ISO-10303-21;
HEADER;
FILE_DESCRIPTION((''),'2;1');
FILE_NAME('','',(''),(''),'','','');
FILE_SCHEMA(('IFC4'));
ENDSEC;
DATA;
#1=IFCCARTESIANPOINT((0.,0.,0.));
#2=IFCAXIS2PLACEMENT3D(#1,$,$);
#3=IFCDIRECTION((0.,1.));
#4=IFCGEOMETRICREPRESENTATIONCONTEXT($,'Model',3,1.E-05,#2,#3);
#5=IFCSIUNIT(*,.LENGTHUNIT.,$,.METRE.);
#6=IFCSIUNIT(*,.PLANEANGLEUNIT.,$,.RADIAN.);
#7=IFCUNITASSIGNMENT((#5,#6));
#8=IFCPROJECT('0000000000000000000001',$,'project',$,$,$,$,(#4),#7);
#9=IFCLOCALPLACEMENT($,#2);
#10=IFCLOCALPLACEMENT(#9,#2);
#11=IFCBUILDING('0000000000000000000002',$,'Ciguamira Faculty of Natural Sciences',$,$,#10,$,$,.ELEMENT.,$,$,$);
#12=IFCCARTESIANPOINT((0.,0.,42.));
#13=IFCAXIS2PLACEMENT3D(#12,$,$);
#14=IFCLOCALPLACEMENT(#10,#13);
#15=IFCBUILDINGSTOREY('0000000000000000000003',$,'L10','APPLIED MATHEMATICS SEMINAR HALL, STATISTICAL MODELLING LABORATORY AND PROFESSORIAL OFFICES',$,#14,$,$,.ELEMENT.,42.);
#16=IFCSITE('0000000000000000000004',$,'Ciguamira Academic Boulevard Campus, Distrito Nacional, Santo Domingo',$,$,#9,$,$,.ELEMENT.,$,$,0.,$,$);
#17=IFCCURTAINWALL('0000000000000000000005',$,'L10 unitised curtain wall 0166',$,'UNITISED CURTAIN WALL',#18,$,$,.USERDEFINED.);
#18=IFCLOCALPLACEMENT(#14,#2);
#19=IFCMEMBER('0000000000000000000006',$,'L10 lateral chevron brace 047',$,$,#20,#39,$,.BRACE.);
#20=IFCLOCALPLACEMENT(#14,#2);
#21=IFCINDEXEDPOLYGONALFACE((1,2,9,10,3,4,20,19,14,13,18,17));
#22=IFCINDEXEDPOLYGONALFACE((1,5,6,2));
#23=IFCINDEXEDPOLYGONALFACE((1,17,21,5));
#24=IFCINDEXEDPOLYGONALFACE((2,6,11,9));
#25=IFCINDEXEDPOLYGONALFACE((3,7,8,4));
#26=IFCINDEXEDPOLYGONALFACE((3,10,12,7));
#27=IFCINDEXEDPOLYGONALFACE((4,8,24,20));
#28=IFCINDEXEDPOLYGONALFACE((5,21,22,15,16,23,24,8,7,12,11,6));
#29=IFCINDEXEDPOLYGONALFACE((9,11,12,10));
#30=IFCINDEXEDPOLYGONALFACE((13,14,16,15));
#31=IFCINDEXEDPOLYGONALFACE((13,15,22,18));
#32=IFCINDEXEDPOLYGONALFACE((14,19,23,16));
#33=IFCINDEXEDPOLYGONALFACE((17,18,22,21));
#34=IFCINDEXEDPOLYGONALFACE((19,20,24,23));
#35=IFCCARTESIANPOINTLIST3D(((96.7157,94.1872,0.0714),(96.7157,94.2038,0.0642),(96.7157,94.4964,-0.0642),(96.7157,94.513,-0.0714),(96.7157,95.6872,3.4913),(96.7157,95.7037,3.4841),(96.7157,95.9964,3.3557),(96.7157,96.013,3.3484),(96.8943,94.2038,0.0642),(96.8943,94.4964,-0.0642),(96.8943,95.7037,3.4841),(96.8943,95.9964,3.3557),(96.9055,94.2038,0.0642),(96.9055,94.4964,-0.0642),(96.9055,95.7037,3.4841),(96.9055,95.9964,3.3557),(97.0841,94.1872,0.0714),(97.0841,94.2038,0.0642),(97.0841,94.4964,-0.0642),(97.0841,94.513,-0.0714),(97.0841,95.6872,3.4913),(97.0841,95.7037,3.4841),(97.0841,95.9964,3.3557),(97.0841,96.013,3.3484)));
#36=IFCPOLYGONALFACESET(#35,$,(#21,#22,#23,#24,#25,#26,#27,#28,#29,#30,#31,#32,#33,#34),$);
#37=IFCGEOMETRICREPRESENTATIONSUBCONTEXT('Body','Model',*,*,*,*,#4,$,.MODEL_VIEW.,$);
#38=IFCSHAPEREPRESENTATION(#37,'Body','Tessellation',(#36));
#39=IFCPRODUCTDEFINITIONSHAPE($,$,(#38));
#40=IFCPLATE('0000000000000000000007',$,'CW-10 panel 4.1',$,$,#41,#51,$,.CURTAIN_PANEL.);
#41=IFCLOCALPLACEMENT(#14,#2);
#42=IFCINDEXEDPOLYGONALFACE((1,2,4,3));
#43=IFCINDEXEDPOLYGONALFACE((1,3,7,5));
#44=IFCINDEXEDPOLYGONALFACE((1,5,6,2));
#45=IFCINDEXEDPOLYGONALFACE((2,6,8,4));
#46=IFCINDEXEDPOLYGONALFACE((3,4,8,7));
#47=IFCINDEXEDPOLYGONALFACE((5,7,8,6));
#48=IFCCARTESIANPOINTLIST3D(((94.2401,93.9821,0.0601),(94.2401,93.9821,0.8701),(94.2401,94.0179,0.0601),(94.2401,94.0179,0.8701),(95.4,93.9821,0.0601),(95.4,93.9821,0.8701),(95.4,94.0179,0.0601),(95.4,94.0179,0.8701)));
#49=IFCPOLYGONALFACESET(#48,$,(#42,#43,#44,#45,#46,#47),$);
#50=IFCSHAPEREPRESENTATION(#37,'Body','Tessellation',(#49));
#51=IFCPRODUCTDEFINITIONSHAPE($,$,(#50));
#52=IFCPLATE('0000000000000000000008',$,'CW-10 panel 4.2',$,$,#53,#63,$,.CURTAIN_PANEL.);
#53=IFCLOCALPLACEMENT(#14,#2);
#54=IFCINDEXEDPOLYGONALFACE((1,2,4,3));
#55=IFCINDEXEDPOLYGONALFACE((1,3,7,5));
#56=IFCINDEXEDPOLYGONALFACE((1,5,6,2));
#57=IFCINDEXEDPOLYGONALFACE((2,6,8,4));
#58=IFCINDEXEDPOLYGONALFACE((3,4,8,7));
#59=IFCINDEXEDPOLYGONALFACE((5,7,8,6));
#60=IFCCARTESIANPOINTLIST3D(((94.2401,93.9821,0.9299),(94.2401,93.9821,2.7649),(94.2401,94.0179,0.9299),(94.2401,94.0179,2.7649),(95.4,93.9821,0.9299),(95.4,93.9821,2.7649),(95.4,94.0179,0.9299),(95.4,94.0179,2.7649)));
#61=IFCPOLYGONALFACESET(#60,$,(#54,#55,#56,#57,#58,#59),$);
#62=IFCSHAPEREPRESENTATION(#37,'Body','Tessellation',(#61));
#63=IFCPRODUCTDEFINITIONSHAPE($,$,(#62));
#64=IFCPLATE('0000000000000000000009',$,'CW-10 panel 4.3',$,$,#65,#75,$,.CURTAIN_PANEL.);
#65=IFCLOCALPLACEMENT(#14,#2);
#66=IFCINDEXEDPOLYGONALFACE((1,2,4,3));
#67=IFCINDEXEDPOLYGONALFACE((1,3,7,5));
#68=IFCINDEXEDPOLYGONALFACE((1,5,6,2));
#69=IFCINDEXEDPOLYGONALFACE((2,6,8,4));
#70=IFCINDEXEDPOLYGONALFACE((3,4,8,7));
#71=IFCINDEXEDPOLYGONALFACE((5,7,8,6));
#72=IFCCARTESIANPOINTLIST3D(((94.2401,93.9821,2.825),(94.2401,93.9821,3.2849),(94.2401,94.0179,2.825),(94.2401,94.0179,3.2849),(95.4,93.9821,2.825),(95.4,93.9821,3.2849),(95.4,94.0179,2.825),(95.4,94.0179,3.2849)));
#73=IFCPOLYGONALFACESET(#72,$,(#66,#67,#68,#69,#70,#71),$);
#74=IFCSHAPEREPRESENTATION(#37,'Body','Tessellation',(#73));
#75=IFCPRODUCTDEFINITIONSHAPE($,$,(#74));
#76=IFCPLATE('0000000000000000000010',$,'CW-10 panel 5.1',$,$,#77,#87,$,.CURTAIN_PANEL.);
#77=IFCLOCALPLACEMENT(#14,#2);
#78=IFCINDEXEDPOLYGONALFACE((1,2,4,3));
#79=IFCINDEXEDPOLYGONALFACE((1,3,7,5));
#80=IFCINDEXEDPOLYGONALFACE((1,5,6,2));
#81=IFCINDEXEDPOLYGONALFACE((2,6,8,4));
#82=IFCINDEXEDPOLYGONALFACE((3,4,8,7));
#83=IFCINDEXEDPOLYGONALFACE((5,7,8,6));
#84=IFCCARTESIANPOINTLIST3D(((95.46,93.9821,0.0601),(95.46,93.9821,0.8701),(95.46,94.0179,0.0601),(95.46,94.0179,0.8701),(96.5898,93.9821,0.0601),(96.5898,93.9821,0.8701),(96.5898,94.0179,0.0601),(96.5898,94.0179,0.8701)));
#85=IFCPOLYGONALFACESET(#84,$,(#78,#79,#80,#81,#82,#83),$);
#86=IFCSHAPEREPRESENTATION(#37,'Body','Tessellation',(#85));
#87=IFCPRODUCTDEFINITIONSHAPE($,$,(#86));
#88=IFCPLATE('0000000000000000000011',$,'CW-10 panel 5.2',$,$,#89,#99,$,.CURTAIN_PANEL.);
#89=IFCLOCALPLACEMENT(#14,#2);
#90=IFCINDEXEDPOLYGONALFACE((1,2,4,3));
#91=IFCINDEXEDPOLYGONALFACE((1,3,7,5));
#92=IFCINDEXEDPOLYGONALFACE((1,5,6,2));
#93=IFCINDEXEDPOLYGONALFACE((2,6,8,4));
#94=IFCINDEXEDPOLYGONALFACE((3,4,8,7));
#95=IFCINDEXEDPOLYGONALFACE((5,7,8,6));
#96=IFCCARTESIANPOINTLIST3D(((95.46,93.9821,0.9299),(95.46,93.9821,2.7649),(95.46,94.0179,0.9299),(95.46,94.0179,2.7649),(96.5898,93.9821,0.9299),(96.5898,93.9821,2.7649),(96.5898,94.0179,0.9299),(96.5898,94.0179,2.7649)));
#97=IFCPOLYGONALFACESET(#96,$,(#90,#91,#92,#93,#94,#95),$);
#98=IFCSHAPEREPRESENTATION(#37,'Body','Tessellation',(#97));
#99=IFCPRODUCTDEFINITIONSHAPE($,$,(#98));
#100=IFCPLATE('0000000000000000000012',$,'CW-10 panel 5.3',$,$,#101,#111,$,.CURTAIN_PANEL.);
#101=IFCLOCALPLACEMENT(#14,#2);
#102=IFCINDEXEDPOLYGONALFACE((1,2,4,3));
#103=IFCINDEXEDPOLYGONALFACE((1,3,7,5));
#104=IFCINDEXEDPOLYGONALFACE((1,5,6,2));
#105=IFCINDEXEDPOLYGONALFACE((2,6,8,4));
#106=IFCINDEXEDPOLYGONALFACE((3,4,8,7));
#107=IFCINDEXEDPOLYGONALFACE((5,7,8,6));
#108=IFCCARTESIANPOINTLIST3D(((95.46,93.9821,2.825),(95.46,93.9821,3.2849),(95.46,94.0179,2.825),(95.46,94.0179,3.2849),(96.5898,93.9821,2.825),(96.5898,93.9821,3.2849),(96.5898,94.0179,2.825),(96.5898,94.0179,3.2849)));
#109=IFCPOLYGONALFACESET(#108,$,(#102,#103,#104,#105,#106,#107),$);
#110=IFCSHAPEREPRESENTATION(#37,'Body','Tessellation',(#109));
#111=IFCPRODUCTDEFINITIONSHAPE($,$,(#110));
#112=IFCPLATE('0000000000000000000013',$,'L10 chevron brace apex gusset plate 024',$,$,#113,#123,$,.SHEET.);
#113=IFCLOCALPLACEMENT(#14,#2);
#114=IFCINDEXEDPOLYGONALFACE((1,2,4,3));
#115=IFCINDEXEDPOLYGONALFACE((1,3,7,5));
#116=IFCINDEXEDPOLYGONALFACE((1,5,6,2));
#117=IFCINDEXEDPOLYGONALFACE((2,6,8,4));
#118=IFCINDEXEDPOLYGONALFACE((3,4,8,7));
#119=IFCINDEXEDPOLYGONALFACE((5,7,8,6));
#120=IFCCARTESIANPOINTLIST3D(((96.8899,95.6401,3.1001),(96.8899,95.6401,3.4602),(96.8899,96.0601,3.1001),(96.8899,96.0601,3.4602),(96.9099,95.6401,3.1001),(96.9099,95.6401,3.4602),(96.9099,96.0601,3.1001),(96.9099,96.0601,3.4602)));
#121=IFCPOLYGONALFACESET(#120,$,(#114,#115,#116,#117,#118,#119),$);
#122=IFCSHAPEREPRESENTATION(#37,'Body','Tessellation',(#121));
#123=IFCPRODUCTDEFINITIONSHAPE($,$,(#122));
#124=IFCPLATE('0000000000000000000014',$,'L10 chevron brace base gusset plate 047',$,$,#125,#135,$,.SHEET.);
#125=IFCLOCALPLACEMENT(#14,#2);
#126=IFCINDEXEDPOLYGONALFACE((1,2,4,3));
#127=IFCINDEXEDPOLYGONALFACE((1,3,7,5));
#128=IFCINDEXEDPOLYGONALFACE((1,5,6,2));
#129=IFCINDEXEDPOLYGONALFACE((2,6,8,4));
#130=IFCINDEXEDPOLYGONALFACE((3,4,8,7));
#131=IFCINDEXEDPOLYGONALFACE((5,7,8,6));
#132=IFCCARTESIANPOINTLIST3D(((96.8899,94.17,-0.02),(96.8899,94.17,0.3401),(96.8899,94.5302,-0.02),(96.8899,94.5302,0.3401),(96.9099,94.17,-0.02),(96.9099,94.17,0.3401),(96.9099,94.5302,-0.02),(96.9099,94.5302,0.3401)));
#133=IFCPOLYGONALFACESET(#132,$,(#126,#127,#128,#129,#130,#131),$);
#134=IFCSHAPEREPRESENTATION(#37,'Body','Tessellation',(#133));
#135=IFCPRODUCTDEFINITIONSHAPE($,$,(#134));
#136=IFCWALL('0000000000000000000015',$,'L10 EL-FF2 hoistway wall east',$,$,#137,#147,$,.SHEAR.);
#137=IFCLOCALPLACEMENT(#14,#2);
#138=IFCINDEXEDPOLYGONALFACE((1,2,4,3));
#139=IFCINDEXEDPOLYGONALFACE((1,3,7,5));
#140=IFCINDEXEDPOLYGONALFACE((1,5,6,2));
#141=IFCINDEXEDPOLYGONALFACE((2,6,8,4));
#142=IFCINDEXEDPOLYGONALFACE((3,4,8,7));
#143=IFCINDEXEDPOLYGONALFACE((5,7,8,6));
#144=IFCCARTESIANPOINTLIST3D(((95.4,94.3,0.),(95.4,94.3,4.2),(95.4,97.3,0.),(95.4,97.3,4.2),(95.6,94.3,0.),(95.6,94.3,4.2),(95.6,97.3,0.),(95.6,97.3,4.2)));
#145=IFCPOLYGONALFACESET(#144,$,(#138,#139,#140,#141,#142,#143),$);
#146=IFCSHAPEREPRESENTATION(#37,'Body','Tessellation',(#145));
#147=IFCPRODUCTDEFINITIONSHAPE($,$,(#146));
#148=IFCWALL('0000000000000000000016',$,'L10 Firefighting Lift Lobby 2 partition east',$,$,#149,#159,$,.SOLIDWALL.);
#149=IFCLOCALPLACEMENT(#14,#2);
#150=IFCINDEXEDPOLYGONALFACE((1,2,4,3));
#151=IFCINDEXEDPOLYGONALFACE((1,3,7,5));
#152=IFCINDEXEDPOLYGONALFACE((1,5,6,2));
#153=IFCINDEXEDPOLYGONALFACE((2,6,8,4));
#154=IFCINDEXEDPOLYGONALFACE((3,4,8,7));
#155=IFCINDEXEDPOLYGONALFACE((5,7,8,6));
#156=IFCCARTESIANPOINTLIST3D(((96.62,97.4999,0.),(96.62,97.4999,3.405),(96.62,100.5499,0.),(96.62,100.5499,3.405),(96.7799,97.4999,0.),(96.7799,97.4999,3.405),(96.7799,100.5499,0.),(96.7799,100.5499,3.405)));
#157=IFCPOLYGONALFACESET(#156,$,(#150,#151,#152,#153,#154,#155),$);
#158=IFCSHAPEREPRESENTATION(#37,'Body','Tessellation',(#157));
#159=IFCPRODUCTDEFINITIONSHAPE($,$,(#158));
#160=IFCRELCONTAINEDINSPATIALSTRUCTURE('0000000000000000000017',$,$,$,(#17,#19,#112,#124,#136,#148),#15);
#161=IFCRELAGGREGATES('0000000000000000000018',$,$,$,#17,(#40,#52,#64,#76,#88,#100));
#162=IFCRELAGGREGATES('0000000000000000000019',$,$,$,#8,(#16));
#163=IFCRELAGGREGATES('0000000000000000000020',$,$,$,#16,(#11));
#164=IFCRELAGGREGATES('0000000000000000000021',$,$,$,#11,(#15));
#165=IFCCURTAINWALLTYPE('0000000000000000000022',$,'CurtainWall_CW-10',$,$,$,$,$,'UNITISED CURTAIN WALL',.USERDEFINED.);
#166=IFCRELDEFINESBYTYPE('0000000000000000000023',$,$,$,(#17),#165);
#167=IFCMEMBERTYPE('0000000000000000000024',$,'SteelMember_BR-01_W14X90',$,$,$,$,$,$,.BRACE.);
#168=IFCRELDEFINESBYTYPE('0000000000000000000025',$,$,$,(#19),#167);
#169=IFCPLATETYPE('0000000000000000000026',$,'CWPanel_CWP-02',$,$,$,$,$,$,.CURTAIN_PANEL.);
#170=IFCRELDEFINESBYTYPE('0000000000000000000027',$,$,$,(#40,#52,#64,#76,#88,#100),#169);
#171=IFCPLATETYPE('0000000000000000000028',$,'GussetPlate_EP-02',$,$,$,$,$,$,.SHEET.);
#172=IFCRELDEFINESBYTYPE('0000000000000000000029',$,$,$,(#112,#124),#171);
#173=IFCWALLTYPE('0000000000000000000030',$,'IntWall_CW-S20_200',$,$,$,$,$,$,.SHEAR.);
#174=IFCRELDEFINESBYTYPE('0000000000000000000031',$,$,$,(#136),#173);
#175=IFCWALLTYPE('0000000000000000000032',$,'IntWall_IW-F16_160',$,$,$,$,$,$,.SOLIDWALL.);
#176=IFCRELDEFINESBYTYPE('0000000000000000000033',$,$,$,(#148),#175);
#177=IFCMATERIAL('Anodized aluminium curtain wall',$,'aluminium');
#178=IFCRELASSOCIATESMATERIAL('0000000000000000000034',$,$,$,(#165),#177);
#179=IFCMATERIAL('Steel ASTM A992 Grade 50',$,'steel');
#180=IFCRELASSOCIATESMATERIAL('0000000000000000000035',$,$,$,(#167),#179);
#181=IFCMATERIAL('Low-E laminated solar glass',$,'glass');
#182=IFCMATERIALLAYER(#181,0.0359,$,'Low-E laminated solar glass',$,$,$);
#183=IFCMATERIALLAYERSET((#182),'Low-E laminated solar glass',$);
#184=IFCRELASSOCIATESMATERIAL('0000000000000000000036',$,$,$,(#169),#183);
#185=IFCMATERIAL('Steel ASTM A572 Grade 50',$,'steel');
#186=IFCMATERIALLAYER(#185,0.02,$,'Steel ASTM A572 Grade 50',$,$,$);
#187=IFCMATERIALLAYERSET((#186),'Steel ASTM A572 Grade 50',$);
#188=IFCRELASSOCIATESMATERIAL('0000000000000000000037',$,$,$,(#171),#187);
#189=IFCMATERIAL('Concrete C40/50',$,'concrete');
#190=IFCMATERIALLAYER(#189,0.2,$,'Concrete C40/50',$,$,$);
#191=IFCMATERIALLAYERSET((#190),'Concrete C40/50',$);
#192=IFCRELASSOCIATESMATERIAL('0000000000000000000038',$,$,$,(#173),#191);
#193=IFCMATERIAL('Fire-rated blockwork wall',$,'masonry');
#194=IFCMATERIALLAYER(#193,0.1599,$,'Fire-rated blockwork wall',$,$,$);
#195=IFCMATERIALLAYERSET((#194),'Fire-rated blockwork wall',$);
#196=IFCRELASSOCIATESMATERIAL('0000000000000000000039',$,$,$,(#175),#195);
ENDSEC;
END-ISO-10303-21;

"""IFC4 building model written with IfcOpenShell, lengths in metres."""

from ifc_helpers import new_model, si_unit, direction, frame, frame_2d, origin, origin_2d, place, context, subcontext, project, spatial, rectangle, i_section, extrude, material, layer, layer_set, material_profile, profile_set, type_object, element, aggregate, save


model = new_model("IFC4")

# Units and contexts
model_context = context("Model", 3, precision=1e-05, world=origin(), true_north=direction((0.0, 1.0)))
body_context = subcontext(model_context, "Body", "Model", "MODEL_VIEW")
ifc_project = project(units=[si_unit("LENGTHUNIT", "METRE"), si_unit("PLANEANGLEUNIT", "RADIAN")], contexts=[model_context])

# Site, building, storey
site_placement = place(None, origin())
site = spatial("IfcSite", under=ifc_project, at=site_placement, Name="Ciguamira Academic Boulevard Campus, Distrito Nacional, Santo Domingo", CompositionType="ELEMENT", RefElevation=0.0)
building_placement = place(site_placement, origin())
building = spatial("IfcBuilding", under=site, at=building_placement, Name="Ciguamira Faculty of Natural Sciences", CompositionType="ELEMENT")
storey_placement = place(building_placement, frame((0.0, 0.0, 42.0)))
storey = spatial("IfcBuildingStorey", under=building, at=storey_placement, Name="L10", Description="APPLIED MATHEMATICS SEMINAR HALL, STATISTICAL MODELLING LABORATORY AND PROFESSORIAL OFFICES", CompositionType="ELEMENT", Elevation=42.0)

# Shared definitions
ifc_material_1 = material(Name="Concrete C40/50", Category="concrete")

# Curtain wall
ifc_material_2 = material(Name="Anodized aluminium curtain wall", Category="aluminium")
curtain_wall_type = type_object("IfcCurtainWallType", Name="CurtainWall_CW-10", ElementType="UNITISED CURTAIN WALL", PredefinedType="USERDEFINED", material=ifc_material_2)
curtain_wall_placement = place(storey_placement, origin())
curtain_wall = element("IfcCurtainWall", 1, at=curtain_wall_placement, inside=storey, type_object=curtain_wall_type, Name="L10 unitised curtain wall 0166", ObjectType="UNITISED CURTAIN WALL", PredefinedType="USERDEFINED")

# Shared definitions
ifc_material_3 = material(Name="Steel ASTM A992 Grade 50", Category="steel")

# Member
ifc_material_profile_1 = material_profile(ifc_material_3, i_section(OverallWidth=0.3684, OverallDepth=0.3557, WebThickness=0.0112, FlangeThickness=0.0181, at=origin_2d()), Name="W14X90")
ifc_profile_set_1 = profile_set([ifc_material_profile_1], Name="Steel ASTM A992 Grade 50")
member_type_1 = type_object("IfcMemberType", Name="SteelMember_BR-01_W14X90", PredefinedType="BRACE", material=ifc_profile_set_1)
member_1_placement = place(storey_placement, frame((96.8999, 94.3501, 0.0), z_axis=(0.0, 0.401669, 0.915785), x_axis=(-1.0, 0.0, 0.0)))
element("IfcMember", 2, at=member_1_placement, inside=storey, type_object=member_type_1, Name="L10 lateral chevron brace 047", PredefinedType="BRACE", context=body_context, shape_type="SweptSolid", body=[
    extrude(i_section(OverallWidth=0.3684, OverallDepth=0.3557, WebThickness=0.0112, FlangeThickness=0.0181, at=origin_2d()), origin(), (0.0, 0.0, 1.0), 3.7344),
])

# Plates
ifc_material_4 = material(Name="Low-E laminated solar glass", Category="glass")
ifc_layer_1 = layer(ifc_material_4, 0.0359, Name="Low-E laminated solar glass")
ifc_layer_set_1 = layer_set([ifc_layer_1], Name="Low-E laminated solar glass")
plate_type_1 = type_object("IfcPlateType", Name="CWPanel_CWP-02", PredefinedType="CURTAIN_PANEL", material=ifc_layer_set_1)
plate_1_placement = place(storey_placement, frame((94.8201, 94.0, 0.0601), z_axis=(0.0, 0.0, 1.0), x_axis=(1.0, 0.0, 0.0)))
plate_1 = element("IfcPlate", 3, at=plate_1_placement, type_object=plate_type_1, Name="CW-10 panel 4.1", PredefinedType="CURTAIN_PANEL", context=body_context, shape_type="SweptSolid", body=[
    extrude(rectangle(XDim=1.1599, YDim=0.0359, at=origin_2d()), origin(), (0.0, 0.0, 1.0), 0.8101),
])
plate_2_placement = place(storey_placement, frame((94.8201, 94.0, 0.9299), z_axis=(0.0, 0.0, 1.0), x_axis=(1.0, 0.0, 0.0)))
plate_2 = element("IfcPlate", 4, at=plate_2_placement, type_object=plate_type_1, Name="CW-10 panel 4.2", PredefinedType="CURTAIN_PANEL", context=body_context, shape_type="SweptSolid", body=[
    extrude(rectangle(XDim=1.1599, YDim=0.0359, at=origin_2d()), origin(), (0.0, 0.0, 1.0), 1.835),
])
plate_3_placement = place(storey_placement, frame((94.8201, 94.0, 2.825), z_axis=(0.0, 0.0, 1.0), x_axis=(1.0, 0.0, 0.0)))
plate_3 = element("IfcPlate", 5, at=plate_3_placement, type_object=plate_type_1, Name="CW-10 panel 4.3", PredefinedType="CURTAIN_PANEL", context=body_context, shape_type="SweptSolid", body=[
    extrude(rectangle(XDim=1.1599, YDim=0.0359, at=origin_2d()), origin(), (0.0, 0.0, 1.0), 0.46),
])
plate_4_placement = place(storey_placement, frame((96.0249, 94.0, 0.0601), z_axis=(0.0, 0.0, 1.0), x_axis=(1.0, 0.0, 0.0)))
plate_4 = element("IfcPlate", 6, at=plate_4_placement, type_object=plate_type_1, Name="CW-10 panel 5.1", PredefinedType="CURTAIN_PANEL", context=body_context, shape_type="SweptSolid", body=[
    extrude(rectangle(XDim=1.1299, YDim=0.0359, at=origin_2d()), origin(), (0.0, 0.0, 1.0), 0.8101),
])
plate_5_placement = place(storey_placement, frame((96.0249, 94.0, 0.9299), z_axis=(0.0, 0.0, 1.0), x_axis=(1.0, 0.0, 0.0)))
plate_5 = element("IfcPlate", 7, at=plate_5_placement, type_object=plate_type_1, Name="CW-10 panel 5.2", PredefinedType="CURTAIN_PANEL", context=body_context, shape_type="SweptSolid", body=[
    extrude(rectangle(XDim=1.1299, YDim=0.0359, at=origin_2d()), origin(), (0.0, 0.0, 1.0), 1.835),
])
plate_6_placement = place(storey_placement, frame((96.0249, 94.0, 2.825), z_axis=(0.0, 0.0, 1.0), x_axis=(1.0, 0.0, 0.0)))
plate_6 = element("IfcPlate", 8, at=plate_6_placement, type_object=plate_type_1, Name="CW-10 panel 5.3", PredefinedType="CURTAIN_PANEL", context=body_context, shape_type="SweptSolid", body=[
    extrude(rectangle(XDim=1.1299, YDim=0.0359, at=origin_2d()), origin(), (0.0, 0.0, 1.0), 0.46),
])
aggregate(curtain_wall, [plate_1, plate_2, plate_3, plate_4, plate_5, plate_6])

# Plates
ifc_material_5 = material(Name="Steel ASTM A572 Grade 50", Category="steel")
ifc_layer_2 = layer(ifc_material_5, 0.02, Name="Steel ASTM A572 Grade 50")
ifc_layer_set_2 = layer_set([ifc_layer_2], Name="Steel ASTM A572 Grade 50")
plate_type_2 = type_object("IfcPlateType", Name="GussetPlate_EP-02", PredefinedType="SHEET", material=ifc_layer_set_2)
plate_7_placement = place(storey_placement, frame((96.8999, 95.8501, 3.1001), z_axis=(0.0, 0.0, 1.0), x_axis=(1.0, 0.0, 0.0)))
element("IfcPlate", 9, at=plate_7_placement, inside=storey, type_object=plate_type_2, Name="L10 chevron brace apex gusset plate 024", PredefinedType="SHEET", context=body_context, shape_type="SweptSolid", body=[
    extrude(rectangle(XDim=0.02, YDim=0.4199, at=origin_2d()), origin(), (0.0, 0.0, 1.0), 0.3601),
])
plate_8_placement = place(storey_placement, frame((96.8999, 94.3501, -0.02), z_axis=(0.0, 0.0, 1.0), x_axis=(1.0, 0.0, 0.0)))
element("IfcPlate", 10, at=plate_8_placement, inside=storey, type_object=plate_type_2, Name="L10 chevron brace base gusset plate 047", PredefinedType="SHEET", context=body_context, shape_type="SweptSolid", body=[
    extrude(rectangle(XDim=0.02, YDim=0.3601, at=origin_2d()), origin(), (0.0, 0.0, 1.0), 0.3601),
])

# Walls
ifc_layer_3 = layer(ifc_material_1, 0.2, Name="Concrete C40/50")
ifc_layer_set_3 = layer_set([ifc_layer_3], Name="Concrete C40/50")
wall_type_1 = type_object("IfcWallType", Name="IntWall_CW-S20_200", PredefinedType="SHEAR", material=ifc_layer_set_3)
wall_1_placement = place(storey_placement, frame((95.5, 94.3, 0.0), z_axis=(0.0, 0.0, 1.0), x_axis=(0.0, 1.0, 0.0)))
element("IfcWall", 11, at=wall_1_placement, inside=storey, type_object=wall_type_1, Name="L10 EL-FF2 hoistway wall east", PredefinedType="SHEAR", context=body_context, shape_type="SweptSolid", body=[
    extrude(rectangle(XDim=3.0, YDim=0.2, at=frame_2d((1.5, 0.0))), origin(), (0.0, 0.0, 1.0), 4.2),
])
ifc_material_6 = material(Name="Fire-rated blockwork wall", Category="masonry")
ifc_layer_4 = layer(ifc_material_6, 0.1599, Name="Fire-rated blockwork wall")
ifc_layer_set_4 = layer_set([ifc_layer_4], Name="Fire-rated blockwork wall")
wall_type_2 = type_object("IfcWallType", Name="IntWall_IW-F16_160", PredefinedType="SOLIDWALL", material=ifc_layer_set_4)
wall_2_placement = place(storey_placement, frame((96.7, 97.5, 0.0), z_axis=(0.0, 0.0, 1.0), x_axis=(0.0, 1.0, 0.0)))
element("IfcWall", 12, at=wall_2_placement, inside=storey, type_object=wall_type_2, Name="L10 Firefighting Lift Lobby 2 partition east", PredefinedType="SOLIDWALL", context=body_context, shape_type="SweptSolid", body=[
    extrude(rectangle(XDim=3.05, YDim=0.1599, at=frame_2d((1.5249, 0.0))), origin(), (0.0, 0.0, 1.0), 3.405),
])

save(model, "model.ifc")
